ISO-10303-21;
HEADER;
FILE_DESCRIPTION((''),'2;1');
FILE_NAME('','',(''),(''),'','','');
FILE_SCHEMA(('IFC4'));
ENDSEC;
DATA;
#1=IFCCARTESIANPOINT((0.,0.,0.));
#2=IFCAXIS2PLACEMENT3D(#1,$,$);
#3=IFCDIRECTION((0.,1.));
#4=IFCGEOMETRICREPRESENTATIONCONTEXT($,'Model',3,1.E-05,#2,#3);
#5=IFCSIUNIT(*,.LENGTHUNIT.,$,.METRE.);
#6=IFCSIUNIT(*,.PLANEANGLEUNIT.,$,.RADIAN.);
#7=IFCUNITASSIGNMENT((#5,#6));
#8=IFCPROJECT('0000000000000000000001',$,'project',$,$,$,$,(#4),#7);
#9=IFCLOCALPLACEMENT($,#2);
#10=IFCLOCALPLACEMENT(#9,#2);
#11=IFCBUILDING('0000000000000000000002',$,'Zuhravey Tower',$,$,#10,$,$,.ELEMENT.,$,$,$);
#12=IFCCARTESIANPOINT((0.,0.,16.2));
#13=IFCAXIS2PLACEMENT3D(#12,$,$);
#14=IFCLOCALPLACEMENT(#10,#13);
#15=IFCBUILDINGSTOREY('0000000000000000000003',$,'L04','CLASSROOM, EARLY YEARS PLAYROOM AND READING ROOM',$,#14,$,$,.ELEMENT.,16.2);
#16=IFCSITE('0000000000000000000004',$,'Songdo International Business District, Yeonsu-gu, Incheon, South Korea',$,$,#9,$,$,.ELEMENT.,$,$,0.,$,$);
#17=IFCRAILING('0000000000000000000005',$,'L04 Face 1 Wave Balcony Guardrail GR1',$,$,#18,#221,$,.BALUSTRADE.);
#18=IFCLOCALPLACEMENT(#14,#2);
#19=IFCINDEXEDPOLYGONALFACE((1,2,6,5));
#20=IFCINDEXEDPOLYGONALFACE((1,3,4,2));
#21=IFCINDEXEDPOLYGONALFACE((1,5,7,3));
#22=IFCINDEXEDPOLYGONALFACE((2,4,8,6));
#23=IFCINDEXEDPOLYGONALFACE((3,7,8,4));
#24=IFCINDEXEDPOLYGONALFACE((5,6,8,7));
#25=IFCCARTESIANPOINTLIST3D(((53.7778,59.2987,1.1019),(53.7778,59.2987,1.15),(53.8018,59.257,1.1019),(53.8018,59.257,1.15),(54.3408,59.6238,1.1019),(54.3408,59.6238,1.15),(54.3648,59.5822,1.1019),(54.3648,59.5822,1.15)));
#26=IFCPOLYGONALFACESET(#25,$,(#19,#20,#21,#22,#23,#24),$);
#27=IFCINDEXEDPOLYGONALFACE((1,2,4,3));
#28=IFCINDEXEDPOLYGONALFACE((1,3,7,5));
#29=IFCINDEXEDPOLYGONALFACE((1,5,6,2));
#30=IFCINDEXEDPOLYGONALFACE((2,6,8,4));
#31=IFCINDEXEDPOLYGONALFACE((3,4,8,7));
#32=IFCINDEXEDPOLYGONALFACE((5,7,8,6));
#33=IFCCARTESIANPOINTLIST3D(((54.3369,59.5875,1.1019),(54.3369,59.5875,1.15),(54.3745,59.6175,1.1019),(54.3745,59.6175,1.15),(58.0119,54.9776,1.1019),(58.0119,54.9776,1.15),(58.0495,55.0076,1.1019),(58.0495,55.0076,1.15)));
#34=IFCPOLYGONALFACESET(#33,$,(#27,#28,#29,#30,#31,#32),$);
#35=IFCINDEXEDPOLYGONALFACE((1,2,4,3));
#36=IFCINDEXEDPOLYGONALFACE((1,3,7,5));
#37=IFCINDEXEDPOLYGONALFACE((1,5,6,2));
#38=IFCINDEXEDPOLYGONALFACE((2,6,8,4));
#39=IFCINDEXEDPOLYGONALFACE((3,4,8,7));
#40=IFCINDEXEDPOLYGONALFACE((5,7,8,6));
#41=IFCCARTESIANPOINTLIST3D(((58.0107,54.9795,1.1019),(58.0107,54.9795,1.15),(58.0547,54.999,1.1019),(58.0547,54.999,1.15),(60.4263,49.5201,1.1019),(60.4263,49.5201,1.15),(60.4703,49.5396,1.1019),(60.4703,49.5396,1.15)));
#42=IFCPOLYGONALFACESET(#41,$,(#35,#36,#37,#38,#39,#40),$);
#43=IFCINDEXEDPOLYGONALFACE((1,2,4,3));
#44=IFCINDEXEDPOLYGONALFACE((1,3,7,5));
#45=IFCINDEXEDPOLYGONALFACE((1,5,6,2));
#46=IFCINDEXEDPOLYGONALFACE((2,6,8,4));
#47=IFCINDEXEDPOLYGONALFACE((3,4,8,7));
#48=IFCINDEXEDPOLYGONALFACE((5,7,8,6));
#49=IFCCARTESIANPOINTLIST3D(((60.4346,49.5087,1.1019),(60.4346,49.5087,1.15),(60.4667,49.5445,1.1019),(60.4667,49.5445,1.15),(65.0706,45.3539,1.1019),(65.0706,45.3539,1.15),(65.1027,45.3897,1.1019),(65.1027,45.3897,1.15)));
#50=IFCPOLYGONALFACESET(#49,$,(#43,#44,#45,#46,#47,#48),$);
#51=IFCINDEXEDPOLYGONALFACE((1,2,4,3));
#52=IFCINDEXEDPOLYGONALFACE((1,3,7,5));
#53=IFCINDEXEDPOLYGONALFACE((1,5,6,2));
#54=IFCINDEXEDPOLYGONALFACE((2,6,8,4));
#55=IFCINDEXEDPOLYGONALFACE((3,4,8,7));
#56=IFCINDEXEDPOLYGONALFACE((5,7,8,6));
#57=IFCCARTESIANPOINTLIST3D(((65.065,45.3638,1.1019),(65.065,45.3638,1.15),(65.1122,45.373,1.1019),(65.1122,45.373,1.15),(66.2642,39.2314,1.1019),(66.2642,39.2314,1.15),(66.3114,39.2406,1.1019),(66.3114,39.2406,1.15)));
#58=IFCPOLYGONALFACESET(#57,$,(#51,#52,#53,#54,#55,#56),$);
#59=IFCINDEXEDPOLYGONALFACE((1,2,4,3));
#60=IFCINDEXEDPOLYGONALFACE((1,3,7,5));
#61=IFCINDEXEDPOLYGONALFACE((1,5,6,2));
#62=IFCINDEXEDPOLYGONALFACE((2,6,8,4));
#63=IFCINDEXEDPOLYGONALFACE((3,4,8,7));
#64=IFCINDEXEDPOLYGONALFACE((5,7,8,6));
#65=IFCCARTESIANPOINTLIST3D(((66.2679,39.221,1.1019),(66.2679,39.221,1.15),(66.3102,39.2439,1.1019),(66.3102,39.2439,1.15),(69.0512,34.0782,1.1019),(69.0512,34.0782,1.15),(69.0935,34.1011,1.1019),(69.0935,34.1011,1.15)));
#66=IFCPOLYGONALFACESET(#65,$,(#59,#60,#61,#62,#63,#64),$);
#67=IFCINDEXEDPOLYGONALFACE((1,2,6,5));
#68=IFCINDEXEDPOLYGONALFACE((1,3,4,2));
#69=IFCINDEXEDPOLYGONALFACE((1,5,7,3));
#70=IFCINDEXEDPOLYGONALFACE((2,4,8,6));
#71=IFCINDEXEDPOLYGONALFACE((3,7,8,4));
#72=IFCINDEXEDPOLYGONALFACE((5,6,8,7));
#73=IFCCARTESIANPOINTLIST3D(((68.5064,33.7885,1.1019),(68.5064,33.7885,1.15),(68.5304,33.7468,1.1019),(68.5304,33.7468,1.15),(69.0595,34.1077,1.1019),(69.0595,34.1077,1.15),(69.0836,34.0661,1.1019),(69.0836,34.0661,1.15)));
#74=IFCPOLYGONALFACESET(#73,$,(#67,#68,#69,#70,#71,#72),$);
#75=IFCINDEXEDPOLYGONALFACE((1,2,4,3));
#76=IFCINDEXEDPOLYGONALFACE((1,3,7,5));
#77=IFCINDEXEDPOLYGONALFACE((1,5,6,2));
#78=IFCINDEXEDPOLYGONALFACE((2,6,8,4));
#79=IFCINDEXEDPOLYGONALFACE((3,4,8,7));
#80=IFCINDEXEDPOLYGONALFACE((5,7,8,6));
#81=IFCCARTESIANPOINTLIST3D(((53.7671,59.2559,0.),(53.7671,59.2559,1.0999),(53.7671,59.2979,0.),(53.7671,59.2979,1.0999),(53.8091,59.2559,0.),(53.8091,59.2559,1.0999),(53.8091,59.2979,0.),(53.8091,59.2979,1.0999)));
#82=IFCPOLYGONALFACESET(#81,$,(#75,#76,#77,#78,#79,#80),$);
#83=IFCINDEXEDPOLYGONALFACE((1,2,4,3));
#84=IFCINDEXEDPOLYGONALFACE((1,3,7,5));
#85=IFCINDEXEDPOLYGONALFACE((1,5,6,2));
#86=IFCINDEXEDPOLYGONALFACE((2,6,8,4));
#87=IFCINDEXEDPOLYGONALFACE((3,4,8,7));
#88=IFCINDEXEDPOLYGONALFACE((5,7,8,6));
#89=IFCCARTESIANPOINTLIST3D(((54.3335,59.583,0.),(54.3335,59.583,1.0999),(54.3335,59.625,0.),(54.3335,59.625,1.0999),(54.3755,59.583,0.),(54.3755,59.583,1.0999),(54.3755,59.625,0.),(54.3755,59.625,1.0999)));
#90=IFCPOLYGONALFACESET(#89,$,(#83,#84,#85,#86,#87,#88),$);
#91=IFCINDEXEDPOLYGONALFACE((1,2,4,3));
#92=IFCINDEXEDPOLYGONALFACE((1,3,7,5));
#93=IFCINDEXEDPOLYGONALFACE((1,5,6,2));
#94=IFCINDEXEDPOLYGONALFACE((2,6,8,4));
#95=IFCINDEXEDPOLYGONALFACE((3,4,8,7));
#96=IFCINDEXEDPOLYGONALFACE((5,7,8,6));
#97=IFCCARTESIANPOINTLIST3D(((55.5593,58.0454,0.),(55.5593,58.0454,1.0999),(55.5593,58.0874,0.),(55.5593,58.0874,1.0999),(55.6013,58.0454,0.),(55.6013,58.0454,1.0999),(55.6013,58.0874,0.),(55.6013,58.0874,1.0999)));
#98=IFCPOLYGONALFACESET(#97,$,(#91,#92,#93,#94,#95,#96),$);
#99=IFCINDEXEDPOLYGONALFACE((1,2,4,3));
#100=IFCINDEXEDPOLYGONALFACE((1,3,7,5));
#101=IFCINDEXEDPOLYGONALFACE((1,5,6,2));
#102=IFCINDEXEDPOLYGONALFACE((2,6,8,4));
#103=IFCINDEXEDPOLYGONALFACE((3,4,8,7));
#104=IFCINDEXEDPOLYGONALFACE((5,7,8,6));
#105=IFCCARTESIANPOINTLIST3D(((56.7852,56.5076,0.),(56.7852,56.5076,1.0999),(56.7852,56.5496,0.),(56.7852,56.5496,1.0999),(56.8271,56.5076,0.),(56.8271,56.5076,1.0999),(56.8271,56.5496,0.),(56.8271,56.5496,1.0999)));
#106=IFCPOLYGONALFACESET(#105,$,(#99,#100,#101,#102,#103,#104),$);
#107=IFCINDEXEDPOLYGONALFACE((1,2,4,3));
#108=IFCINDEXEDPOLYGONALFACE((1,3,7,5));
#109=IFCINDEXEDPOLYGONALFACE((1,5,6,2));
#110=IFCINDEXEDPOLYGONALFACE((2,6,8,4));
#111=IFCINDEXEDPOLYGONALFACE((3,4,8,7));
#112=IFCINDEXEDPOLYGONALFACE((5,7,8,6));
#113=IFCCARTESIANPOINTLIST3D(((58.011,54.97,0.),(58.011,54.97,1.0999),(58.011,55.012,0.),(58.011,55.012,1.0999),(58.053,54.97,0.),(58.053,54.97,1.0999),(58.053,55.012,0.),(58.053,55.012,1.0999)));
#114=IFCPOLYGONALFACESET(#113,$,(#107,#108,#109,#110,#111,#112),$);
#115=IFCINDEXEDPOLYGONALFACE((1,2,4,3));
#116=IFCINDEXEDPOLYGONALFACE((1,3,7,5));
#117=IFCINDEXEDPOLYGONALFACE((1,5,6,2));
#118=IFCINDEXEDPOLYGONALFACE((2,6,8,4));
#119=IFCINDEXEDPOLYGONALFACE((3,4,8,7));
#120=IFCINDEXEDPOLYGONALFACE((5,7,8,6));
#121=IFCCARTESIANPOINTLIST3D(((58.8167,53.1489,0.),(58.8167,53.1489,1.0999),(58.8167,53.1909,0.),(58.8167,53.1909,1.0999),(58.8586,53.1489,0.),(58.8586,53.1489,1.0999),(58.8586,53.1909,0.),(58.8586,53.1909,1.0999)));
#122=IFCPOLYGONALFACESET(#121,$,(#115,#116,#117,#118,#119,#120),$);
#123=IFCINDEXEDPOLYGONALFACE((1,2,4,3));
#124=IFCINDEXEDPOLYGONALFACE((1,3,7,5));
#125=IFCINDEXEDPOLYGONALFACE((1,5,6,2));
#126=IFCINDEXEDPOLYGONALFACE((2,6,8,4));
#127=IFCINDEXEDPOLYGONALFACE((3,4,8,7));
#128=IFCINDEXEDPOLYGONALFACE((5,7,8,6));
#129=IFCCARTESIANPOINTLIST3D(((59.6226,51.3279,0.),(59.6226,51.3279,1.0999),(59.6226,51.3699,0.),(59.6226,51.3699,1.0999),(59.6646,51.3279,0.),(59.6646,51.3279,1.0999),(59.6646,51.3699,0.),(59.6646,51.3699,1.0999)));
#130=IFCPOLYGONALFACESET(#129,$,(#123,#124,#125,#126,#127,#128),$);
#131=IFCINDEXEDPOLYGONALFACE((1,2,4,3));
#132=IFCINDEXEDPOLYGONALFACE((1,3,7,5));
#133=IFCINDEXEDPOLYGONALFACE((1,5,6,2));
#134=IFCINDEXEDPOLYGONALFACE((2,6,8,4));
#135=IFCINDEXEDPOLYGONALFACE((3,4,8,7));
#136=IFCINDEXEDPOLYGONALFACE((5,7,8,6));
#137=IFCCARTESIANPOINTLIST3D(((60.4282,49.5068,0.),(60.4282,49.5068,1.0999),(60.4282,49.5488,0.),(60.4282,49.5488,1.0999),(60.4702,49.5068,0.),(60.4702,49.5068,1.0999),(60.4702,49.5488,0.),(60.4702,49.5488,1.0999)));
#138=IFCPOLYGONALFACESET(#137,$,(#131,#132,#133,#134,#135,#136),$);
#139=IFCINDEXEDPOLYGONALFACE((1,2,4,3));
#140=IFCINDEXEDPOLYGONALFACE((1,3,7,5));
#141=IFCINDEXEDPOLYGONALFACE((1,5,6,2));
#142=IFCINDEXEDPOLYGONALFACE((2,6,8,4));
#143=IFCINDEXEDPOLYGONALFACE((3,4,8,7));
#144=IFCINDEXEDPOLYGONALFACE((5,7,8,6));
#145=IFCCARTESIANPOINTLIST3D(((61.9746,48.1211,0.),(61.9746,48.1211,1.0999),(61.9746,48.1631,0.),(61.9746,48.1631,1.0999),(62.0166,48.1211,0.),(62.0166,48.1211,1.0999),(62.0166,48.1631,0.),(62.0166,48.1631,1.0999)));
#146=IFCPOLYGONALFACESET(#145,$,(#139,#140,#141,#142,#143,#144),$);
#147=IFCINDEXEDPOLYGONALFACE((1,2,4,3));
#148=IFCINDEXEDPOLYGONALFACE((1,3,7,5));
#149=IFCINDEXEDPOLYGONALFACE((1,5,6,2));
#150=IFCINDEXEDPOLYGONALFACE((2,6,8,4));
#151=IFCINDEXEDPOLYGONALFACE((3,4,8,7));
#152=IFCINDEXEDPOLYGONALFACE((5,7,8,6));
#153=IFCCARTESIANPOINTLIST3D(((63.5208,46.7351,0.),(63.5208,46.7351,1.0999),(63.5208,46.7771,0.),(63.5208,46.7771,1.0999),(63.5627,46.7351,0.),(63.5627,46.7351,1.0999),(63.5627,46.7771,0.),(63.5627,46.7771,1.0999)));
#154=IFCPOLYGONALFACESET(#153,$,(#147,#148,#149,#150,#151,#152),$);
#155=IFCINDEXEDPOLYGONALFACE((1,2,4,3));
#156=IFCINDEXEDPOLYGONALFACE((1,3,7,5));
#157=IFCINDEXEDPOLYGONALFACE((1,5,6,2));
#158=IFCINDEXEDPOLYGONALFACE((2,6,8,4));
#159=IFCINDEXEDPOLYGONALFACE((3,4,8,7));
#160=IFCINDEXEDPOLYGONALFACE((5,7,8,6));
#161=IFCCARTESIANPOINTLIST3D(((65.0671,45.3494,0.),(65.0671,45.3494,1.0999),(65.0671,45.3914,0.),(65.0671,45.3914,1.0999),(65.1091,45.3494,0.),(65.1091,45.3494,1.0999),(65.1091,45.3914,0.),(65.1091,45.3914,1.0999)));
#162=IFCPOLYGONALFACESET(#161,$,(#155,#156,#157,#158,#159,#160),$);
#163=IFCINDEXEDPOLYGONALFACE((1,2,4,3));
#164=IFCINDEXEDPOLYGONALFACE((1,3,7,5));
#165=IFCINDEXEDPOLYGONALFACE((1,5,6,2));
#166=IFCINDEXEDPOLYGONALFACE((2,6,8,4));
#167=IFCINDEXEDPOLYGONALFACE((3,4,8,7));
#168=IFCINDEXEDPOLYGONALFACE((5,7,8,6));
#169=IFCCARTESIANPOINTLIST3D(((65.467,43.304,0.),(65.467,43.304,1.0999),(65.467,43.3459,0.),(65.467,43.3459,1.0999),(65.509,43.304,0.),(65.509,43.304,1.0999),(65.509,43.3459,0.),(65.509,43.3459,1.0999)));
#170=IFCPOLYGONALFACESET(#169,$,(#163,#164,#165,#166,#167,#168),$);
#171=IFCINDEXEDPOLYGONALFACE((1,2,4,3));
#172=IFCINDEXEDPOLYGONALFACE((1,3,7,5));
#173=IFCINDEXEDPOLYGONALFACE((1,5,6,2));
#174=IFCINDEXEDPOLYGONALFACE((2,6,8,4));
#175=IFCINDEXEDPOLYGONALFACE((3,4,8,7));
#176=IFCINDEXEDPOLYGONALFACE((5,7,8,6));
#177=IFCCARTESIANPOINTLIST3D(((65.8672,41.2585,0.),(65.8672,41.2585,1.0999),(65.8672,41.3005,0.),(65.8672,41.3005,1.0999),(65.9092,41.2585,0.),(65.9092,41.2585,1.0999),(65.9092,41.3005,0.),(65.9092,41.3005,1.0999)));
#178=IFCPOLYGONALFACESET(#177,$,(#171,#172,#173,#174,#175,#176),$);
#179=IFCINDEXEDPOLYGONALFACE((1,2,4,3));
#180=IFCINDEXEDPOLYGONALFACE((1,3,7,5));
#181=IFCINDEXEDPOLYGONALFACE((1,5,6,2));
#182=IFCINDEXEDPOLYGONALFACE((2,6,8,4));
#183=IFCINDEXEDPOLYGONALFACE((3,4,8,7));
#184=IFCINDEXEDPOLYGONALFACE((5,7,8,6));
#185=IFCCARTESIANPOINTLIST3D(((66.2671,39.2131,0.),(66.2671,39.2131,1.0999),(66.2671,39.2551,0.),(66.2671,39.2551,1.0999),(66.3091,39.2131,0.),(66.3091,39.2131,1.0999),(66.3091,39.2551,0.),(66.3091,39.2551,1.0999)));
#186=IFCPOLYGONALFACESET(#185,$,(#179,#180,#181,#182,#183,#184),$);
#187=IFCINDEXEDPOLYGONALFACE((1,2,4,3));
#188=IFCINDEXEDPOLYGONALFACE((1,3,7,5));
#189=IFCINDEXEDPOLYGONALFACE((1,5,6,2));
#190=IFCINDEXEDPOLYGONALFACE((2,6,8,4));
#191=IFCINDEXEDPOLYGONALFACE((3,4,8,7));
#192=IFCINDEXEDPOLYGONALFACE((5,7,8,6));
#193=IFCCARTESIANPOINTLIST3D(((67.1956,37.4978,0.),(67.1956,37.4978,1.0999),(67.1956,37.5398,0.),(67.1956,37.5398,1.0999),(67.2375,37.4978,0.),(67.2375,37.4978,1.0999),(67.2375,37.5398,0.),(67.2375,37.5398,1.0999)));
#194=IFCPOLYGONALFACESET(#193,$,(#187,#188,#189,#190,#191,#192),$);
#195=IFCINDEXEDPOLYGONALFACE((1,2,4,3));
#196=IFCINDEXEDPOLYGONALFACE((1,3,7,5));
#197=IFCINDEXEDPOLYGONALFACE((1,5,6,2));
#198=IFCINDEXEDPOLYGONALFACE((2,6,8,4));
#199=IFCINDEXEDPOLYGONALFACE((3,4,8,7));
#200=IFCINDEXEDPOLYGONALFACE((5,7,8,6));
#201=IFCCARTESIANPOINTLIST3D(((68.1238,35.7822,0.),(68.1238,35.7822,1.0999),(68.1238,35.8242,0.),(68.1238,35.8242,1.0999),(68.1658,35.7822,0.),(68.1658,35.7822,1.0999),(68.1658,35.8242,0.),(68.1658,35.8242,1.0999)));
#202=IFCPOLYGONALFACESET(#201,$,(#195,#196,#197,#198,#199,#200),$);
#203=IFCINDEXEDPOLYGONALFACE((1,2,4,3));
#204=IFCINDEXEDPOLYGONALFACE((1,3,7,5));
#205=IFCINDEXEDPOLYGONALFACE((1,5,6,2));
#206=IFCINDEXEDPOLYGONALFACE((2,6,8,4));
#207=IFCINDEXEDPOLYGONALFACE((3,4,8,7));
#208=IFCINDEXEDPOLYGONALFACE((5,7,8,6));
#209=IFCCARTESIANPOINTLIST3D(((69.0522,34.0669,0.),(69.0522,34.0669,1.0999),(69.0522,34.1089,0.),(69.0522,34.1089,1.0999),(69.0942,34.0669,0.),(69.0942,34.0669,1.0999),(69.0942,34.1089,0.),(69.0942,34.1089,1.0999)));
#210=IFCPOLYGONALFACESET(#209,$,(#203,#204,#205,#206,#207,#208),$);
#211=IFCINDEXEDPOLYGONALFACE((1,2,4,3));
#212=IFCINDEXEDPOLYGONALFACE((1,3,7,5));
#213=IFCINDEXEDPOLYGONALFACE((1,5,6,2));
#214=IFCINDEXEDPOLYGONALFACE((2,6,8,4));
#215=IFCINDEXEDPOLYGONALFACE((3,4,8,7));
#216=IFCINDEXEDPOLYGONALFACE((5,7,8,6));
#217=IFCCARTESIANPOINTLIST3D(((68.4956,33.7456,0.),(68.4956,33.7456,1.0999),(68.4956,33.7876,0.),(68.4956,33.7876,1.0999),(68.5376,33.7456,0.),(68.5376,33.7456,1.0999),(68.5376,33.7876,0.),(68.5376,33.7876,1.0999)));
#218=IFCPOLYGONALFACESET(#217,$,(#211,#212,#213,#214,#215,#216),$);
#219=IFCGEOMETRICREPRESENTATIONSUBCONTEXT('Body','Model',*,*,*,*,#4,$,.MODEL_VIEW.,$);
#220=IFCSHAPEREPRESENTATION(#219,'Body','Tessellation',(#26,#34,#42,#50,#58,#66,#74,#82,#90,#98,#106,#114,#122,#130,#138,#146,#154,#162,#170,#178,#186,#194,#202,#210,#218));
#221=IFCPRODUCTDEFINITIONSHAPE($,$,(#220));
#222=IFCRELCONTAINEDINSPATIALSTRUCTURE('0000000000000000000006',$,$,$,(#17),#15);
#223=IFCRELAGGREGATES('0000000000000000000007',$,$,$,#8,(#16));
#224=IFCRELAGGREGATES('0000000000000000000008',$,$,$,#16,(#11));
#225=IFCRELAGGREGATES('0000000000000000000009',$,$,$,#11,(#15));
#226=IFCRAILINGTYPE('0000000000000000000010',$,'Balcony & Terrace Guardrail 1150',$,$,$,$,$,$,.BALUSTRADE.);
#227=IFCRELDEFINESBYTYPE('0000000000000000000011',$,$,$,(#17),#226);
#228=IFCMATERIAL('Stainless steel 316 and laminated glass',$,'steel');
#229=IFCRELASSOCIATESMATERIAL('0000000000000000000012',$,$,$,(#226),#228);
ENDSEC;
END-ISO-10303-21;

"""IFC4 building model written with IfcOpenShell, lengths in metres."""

from ifc_helpers import new_model, si_unit, direction, frame, origin, origin_2d, place, context, subcontext, project, spatial, rectangle, extrude, material, type_object, element, save


model = new_model("IFC4")

# Units and contexts
model_context = context("Model", 3, precision=1e-05, world=origin(), true_north=direction((0.0, 1.0)))
body_context = subcontext(model_context, "Body", "Model", "MODEL_VIEW")
ifc_project = project(units=[si_unit("LENGTHUNIT", "METRE"), si_unit("PLANEANGLEUNIT", "RADIAN")], contexts=[model_context])

# Site, building, storey
site_placement = place(None, origin())
site = spatial("IfcSite", under=ifc_project, at=site_placement, Name="Songdo International Business District, Yeonsu-gu, Incheon, South Korea", CompositionType="ELEMENT", RefElevation=0.0)
building_placement = place(site_placement, origin())
building = spatial("IfcBuilding", under=site, at=building_placement, Name="Zuhravey Tower", CompositionType="ELEMENT")
storey_placement = place(building_placement, frame((0.0, 0.0, 16.2)))
storey = spatial("IfcBuildingStorey", under=building, at=storey_placement, Name="L04", Description="CLASSROOM, EARLY YEARS PLAYROOM AND READING ROOM", CompositionType="ELEMENT", Elevation=16.2)

# Railing
ifc_material_1 = material(Name="Stainless steel 316 and laminated glass", Category="steel")
railing_type = type_object("IfcRailingType", Name="Balcony & Terrace Guardrail 1150", PredefinedType="BALUSTRADE", material=ifc_material_1)
railing_placement = place(storey_placement, frame((53.7881, 59.2769, 0.0)))
element("IfcRailing", 1, at=railing_placement, inside=storey, type_object=railing_type, Name="L04 Face 1 Wave Balcony Guardrail GR1", PredefinedType="BALUSTRADE", context=body_context, shape_type="SweptSolid", body=[
    extrude(rectangle(XDim=0.0481, YDim=0.0481, at=origin_2d()), frame((0.0017, 0.001, 1.126), z_axis=(0.865937, 0.500153, 0.0), x_axis=(-0.500153, 0.865937, 0.0)), (0.0, 0.0, 1.0), 0.6501),
    extrude(rectangle(XDim=0.0481, YDim=0.0481, at=origin_2d()), frame((0.5676, 0.3257, 1.126), z_axis=(0.623357, -0.781938, 0.0), x_axis=(0.781938, 0.623357, 0.0)), (0.0, 0.0, 1.0), 5.8955),
    extrude(rectangle(XDim=0.0481, YDim=0.0481, at=origin_2d()), frame((4.2446, -4.2876, 1.126), z_axis=(0.404625, -0.914483, 0.0), x_axis=(0.914483, 0.404625, 0.0)), (0.0, 0.0, 1.0), 5.97),
    extrude(rectangle(XDim=0.0481, YDim=0.0481, at=origin_2d()), frame((6.6626, -9.7502, 1.126), z_axis=(0.744694, -0.667406, 0.0), x_axis=(0.667406, 0.744694, 0.0)), (0.0, 0.0, 1.0), 6.2253),
    extrude(rectangle(XDim=0.0481, YDim=0.0481, at=origin_2d()), frame((11.3005, -13.9084, 1.126), z_axis=(0.191917, -0.981411, 0.0), x_axis=(0.981411, 0.191917, 0.0)), (0.0, 0.0, 1.0), 6.2485),
    extrude(rectangle(XDim=0.0481, YDim=0.0481, at=origin_2d()), frame((12.501, -20.0444, 1.126), z_axis=(0.475967, -0.879463, 0.0), x_axis=(0.879463, 0.475967, 0.0)), (0.0, 0.0, 1.0), 5.8477),
    extrude(rectangle(XDim=0.0481, YDim=0.0481, at=origin_2d()), frame((15.2834, -25.1899, 1.126), z_axis=(-0.866084, -0.499898, 0.0), x_axis=(0.499898, -0.866084, 0.0)), (0.0, 0.0, 1.0), 0.6387),
    extrude(rectangle(XDim=0.042, YDim=0.042, at=origin_2d()), origin(), (0.0, 0.0, 1.0), 1.0999),
    extrude(rectangle(XDim=0.042, YDim=0.042, at=origin_2d()), frame((0.5664, 0.3271, 0.0)), (0.0, 0.0, 1.0), 1.0999),
    extrude(rectangle(XDim=0.042, YDim=0.042, at=origin_2d()), frame((1.7922, -1.2104, 0.0)), (0.0, 0.0, 1.0), 1.0999),
    extrude(rectangle(XDim=0.042, YDim=0.042, at=origin_2d()), frame((3.0181, -2.7483, 0.0)), (0.0, 0.0, 1.0), 1.0999),
    extrude(rectangle(XDim=0.042, YDim=0.042, at=origin_2d()), frame((4.2439, -4.2859, 0.0)), (0.0, 0.0, 1.0), 1.0999),
    extrude(rectangle(XDim=0.042, YDim=0.042, at=origin_2d()), frame((5.0496, -6.1069, 0.0)), (0.0, 0.0, 1.0), 1.0999),
    extrude(rectangle(XDim=0.042, YDim=0.042, at=origin_2d()), frame((5.8555, -7.928, 0.0)), (0.0, 0.0, 1.0), 1.0999),
    extrude(rectangle(XDim=0.042, YDim=0.042, at=origin_2d()), frame((6.6611, -9.749, 0.0)), (0.0, 0.0, 1.0), 1.0999),
    extrude(rectangle(XDim=0.042, YDim=0.042, at=origin_2d()), frame((8.2075, -11.1348, 0.0)), (0.0, 0.0, 1.0), 1.0999),
    extrude(rectangle(XDim=0.042, YDim=0.042, at=origin_2d()), frame((9.7537, -12.5208, 0.0)), (0.0, 0.0, 1.0), 1.0999),
    extrude(rectangle(XDim=0.042, YDim=0.042, at=origin_2d()), frame((11.3, -13.9065, 0.0)), (0.0, 0.0, 1.0), 1.0999),
    extrude(rectangle(XDim=0.042, YDim=0.042, at=origin_2d()), frame((11.7, -15.9519, 0.0)), (0.0, 0.0, 1.0), 1.0999),
    extrude(rectangle(XDim=0.042, YDim=0.042, at=origin_2d()), frame((12.1001, -17.9973, 0.0)), (0.0, 0.0, 1.0), 1.0999),
    extrude(rectangle(XDim=0.042, YDim=0.042, at=origin_2d()), frame((12.5, -20.0427, 0.0)), (0.0, 0.0, 1.0), 1.0999),
    extrude(rectangle(XDim=0.042, YDim=0.042, at=origin_2d()), frame((13.4285, -21.7581, 0.0)), (0.0, 0.0, 1.0), 1.0999),
    extrude(rectangle(XDim=0.042, YDim=0.042, at=origin_2d()), frame((14.3567, -23.4736, 0.0)), (0.0, 0.0, 1.0), 1.0999),
    extrude(rectangle(XDim=0.042, YDim=0.042, at=origin_2d()), frame((15.2852, -25.189, 0.0)), (0.0, 0.0, 1.0), 1.0999),
    extrude(rectangle(XDim=0.042, YDim=0.042, at=origin_2d()), frame((14.7285, -25.5103, 0.0)), (0.0, 0.0, 1.0), 1.0999),
])

save(model, "model.ifc")
